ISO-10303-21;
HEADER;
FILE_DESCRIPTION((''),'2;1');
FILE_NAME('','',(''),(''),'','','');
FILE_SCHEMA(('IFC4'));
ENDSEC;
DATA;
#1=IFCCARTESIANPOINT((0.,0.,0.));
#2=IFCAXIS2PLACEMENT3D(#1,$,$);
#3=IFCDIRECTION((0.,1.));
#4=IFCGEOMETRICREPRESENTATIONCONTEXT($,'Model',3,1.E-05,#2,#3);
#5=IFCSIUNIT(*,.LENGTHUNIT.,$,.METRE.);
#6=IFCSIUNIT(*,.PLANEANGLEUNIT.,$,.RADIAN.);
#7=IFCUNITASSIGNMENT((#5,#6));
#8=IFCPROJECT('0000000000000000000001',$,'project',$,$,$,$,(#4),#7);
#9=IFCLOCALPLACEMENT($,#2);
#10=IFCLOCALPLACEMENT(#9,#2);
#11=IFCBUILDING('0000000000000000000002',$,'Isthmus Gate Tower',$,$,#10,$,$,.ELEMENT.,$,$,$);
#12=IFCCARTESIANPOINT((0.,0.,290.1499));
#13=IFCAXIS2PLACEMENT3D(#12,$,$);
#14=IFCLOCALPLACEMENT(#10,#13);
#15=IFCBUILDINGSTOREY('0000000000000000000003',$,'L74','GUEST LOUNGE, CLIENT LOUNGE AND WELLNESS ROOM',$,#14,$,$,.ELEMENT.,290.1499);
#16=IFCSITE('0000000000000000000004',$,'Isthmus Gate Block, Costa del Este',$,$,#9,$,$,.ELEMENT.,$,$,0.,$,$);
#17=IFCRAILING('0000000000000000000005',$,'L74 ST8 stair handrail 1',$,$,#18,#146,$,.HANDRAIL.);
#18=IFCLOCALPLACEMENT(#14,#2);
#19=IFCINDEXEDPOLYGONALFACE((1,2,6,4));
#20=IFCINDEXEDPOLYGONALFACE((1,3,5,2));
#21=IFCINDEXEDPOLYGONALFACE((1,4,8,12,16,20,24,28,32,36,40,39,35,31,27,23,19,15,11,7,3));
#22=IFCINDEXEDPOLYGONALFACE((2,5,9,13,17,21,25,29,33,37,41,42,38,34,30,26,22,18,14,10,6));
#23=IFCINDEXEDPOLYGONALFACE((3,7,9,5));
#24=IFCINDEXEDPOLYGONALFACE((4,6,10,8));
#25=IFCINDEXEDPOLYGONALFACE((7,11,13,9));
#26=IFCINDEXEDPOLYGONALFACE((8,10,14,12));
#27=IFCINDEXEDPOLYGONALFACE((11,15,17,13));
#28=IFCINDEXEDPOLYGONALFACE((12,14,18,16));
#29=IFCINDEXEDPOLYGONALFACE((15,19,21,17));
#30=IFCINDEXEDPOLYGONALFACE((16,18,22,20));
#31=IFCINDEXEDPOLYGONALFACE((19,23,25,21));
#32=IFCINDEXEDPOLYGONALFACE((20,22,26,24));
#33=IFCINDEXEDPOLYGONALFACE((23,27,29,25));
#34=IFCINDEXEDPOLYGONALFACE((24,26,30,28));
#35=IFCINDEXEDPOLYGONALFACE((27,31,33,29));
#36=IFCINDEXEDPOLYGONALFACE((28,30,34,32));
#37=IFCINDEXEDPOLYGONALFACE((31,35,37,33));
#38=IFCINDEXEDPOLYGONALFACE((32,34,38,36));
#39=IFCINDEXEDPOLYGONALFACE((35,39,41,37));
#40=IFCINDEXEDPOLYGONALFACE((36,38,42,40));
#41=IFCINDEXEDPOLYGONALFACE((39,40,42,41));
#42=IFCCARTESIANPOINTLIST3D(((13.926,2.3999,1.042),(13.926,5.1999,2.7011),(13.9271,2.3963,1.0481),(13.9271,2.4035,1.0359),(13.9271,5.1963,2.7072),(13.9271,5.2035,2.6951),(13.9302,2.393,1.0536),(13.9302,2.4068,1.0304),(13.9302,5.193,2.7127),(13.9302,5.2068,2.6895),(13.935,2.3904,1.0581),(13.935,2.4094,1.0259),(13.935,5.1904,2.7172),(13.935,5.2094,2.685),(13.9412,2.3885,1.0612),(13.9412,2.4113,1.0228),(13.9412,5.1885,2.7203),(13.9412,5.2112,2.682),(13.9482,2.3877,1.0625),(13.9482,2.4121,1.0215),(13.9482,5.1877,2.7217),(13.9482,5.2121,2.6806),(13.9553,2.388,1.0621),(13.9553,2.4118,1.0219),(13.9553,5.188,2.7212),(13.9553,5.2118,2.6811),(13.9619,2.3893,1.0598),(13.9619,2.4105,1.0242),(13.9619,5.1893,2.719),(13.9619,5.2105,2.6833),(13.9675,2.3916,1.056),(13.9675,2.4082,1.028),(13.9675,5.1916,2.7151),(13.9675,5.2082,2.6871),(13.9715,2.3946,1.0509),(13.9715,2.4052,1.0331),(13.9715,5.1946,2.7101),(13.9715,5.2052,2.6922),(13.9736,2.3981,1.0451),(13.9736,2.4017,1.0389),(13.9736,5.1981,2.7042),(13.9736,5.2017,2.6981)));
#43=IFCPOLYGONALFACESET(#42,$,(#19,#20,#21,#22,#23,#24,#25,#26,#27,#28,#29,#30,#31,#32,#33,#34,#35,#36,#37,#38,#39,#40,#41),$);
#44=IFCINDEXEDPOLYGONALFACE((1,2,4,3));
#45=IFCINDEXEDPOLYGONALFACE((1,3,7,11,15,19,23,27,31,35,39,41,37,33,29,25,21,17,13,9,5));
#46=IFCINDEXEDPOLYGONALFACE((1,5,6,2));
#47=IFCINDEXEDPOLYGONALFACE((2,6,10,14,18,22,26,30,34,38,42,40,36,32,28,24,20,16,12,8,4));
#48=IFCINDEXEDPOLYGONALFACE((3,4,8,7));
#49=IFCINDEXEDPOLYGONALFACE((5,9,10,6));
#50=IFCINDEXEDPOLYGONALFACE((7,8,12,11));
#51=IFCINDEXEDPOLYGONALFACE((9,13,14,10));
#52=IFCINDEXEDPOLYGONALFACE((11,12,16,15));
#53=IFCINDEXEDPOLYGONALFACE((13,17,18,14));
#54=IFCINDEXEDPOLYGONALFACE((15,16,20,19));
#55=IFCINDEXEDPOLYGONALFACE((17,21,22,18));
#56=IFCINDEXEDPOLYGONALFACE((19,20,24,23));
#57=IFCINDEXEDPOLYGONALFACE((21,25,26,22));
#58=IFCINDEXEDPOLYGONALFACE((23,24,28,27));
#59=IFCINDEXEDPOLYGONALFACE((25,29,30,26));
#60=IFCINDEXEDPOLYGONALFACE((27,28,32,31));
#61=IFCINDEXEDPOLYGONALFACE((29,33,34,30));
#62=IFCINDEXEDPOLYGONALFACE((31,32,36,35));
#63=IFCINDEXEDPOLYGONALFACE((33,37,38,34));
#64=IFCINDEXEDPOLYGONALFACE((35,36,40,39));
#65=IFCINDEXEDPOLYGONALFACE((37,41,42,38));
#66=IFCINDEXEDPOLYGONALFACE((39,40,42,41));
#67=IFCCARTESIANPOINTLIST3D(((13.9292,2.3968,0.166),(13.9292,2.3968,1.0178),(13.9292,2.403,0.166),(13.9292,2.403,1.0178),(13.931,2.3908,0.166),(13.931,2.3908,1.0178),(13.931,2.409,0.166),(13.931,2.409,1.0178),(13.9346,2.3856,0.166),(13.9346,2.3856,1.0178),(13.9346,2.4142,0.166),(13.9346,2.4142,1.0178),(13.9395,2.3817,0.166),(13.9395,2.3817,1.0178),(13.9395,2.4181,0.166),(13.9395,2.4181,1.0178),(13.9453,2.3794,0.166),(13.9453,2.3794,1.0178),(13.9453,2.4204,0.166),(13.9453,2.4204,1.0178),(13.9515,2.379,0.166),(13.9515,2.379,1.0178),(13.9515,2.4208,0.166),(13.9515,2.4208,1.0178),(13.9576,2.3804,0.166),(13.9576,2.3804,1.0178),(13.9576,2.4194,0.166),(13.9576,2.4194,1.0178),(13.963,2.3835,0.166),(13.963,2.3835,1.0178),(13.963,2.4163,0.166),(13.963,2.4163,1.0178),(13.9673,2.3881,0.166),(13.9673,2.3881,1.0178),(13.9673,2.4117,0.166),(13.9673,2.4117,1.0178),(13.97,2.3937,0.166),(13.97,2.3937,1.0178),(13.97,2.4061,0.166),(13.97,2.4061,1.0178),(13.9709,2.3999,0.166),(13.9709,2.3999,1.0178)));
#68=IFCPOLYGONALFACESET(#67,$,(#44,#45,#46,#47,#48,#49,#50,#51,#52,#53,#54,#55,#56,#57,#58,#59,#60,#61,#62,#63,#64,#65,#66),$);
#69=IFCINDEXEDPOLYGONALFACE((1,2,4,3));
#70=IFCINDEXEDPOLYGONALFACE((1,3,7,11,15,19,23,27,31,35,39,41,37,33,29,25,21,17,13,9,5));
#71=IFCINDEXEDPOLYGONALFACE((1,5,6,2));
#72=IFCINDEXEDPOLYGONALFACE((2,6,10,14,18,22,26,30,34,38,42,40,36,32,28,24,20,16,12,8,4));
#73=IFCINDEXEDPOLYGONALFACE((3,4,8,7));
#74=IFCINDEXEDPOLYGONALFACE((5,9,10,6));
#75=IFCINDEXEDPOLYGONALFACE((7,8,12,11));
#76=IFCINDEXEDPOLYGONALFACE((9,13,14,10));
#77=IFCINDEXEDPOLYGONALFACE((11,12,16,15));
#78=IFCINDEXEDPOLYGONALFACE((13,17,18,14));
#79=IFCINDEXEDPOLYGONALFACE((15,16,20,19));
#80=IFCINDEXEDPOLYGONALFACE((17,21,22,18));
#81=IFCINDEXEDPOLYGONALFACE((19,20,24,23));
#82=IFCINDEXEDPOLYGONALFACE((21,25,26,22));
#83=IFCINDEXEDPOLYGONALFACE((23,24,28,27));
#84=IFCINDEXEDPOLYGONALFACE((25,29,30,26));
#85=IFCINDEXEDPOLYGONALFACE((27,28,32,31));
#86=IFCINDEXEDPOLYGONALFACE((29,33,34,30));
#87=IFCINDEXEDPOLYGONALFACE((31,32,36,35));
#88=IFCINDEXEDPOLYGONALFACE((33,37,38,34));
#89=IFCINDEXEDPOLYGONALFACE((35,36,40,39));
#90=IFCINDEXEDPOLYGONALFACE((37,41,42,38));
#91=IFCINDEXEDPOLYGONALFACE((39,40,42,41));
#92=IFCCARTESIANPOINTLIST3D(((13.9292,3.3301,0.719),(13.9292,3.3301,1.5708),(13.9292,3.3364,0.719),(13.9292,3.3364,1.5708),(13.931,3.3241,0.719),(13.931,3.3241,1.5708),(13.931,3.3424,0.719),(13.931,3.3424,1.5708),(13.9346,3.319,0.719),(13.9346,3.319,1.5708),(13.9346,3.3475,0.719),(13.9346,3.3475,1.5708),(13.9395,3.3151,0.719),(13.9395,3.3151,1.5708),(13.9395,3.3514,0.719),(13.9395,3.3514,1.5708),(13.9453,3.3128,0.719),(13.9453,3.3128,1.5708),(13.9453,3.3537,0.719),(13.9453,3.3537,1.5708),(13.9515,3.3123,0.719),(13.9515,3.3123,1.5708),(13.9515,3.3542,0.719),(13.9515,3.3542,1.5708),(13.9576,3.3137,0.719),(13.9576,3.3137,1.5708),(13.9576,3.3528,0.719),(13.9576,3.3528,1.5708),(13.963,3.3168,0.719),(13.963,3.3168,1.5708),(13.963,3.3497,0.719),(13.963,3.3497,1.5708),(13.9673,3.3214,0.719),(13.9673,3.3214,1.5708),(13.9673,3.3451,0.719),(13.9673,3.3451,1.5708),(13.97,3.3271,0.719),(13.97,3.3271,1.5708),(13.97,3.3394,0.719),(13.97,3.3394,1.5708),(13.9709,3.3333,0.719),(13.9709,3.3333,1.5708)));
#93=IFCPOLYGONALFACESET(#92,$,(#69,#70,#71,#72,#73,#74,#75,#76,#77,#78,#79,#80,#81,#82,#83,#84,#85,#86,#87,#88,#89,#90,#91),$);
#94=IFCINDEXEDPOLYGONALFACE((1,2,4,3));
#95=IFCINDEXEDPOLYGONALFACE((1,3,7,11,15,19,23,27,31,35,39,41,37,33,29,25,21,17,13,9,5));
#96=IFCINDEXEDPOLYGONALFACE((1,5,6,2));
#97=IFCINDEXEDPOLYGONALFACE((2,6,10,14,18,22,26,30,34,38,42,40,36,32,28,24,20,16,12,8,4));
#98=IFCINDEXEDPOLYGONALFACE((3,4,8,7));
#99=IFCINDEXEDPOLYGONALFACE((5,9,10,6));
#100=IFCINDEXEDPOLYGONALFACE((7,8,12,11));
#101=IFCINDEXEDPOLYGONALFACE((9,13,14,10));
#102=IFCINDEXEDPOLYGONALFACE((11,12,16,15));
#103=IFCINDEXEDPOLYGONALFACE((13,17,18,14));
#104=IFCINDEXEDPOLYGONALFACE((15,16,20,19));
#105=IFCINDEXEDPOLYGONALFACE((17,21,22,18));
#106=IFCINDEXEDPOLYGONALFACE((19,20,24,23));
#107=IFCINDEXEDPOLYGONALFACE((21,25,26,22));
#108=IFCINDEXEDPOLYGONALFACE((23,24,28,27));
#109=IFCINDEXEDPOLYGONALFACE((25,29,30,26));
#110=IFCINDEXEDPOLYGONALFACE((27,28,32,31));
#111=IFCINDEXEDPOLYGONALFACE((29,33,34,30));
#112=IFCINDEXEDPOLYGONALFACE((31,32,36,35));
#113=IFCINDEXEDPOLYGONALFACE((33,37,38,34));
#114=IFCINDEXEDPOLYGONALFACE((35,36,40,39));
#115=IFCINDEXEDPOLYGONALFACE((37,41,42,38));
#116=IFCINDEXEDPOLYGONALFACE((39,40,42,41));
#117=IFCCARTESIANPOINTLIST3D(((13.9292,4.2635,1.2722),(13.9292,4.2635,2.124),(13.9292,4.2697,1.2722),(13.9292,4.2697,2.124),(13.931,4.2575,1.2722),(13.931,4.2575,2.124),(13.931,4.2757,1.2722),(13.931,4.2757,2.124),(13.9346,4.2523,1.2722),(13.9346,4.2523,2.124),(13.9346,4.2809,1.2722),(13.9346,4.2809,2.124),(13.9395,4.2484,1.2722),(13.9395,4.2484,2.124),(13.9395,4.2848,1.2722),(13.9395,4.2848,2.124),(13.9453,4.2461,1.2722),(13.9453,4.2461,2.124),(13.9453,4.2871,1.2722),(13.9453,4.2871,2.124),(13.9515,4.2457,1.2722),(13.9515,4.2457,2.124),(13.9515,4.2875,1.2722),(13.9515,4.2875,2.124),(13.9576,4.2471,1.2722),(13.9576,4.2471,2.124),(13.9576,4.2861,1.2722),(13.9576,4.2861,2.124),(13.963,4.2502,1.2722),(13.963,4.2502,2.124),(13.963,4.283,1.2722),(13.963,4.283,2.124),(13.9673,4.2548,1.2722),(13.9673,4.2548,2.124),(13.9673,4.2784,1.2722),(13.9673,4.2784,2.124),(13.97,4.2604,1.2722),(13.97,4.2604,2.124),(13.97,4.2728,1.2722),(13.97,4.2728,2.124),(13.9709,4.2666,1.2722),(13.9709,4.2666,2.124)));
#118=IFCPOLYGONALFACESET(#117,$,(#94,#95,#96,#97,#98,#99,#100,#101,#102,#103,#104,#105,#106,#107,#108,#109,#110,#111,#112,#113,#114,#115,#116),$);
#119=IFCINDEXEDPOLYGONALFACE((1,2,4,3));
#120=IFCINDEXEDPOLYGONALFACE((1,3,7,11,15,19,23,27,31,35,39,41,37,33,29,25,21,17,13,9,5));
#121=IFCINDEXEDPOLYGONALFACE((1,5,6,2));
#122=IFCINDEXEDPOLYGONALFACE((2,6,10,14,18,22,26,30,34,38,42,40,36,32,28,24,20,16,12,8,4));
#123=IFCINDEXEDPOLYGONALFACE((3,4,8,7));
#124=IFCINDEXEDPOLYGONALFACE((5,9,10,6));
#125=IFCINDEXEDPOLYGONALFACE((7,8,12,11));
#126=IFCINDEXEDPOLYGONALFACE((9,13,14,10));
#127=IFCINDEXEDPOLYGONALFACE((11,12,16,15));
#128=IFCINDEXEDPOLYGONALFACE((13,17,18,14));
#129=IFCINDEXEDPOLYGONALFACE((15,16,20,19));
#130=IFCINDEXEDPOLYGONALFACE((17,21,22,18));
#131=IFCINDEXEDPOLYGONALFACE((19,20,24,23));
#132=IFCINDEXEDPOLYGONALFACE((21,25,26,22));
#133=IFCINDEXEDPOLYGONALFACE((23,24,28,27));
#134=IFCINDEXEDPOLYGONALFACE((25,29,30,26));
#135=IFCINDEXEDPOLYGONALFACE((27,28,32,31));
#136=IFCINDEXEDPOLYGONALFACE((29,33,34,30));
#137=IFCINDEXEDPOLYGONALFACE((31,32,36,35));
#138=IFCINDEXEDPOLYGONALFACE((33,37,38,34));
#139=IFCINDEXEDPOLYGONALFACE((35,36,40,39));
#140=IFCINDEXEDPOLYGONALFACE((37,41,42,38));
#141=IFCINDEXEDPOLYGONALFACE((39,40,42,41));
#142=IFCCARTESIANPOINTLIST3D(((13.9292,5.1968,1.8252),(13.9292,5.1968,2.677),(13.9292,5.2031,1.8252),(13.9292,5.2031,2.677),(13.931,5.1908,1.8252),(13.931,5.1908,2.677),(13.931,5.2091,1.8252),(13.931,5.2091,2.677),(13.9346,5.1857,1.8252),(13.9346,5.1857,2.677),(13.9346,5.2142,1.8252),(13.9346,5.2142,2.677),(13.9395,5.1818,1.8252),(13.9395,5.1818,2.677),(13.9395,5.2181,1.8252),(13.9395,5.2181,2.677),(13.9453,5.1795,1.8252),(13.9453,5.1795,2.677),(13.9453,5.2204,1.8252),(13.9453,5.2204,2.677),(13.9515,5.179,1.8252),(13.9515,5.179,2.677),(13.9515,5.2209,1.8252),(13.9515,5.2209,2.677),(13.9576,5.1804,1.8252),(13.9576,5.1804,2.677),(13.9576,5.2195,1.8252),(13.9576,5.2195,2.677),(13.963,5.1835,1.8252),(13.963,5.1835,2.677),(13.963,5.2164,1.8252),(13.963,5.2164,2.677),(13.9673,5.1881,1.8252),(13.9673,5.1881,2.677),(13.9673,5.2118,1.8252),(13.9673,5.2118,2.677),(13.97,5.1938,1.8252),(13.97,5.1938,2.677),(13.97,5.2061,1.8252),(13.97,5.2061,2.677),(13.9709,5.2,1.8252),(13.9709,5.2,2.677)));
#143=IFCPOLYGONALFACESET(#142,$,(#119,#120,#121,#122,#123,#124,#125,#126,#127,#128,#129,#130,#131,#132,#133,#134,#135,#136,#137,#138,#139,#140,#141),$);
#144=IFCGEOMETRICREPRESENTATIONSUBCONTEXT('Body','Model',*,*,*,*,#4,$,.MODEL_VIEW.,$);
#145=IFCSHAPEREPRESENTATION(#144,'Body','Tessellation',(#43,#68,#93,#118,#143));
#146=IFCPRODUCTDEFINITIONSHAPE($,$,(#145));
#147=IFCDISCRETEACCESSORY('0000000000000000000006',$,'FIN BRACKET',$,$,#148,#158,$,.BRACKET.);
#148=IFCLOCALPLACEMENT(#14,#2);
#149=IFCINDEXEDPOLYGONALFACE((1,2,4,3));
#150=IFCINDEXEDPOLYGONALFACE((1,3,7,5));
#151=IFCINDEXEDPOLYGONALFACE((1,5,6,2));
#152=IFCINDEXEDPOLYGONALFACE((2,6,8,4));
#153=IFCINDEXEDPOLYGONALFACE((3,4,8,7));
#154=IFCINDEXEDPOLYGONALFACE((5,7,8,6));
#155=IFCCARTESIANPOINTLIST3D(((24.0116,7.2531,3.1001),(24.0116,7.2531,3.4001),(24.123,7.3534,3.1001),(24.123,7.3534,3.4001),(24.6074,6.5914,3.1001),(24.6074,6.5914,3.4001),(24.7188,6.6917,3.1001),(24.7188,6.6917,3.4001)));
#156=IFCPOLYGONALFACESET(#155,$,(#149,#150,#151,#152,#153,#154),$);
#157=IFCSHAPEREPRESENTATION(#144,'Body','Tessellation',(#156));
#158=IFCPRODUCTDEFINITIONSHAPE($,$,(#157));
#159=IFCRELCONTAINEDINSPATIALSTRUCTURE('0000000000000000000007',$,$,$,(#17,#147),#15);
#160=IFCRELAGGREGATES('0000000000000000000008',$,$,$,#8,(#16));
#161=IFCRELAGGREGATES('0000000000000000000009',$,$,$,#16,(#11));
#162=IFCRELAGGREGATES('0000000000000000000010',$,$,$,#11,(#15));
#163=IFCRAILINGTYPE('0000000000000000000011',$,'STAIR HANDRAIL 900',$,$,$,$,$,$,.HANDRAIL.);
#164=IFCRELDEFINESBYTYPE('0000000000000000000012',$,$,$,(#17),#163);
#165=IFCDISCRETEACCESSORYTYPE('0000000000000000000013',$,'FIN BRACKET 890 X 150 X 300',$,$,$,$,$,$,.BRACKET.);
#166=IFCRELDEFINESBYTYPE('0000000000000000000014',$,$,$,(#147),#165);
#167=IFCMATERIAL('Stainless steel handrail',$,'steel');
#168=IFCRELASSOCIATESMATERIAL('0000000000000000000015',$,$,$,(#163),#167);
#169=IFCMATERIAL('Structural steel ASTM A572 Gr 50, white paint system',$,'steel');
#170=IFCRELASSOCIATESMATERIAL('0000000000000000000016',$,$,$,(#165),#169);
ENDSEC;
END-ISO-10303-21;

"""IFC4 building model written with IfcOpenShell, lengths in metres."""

from ifc_helpers import new_model, si_unit, direction, frame, origin, origin_2d, place, context, subcontext, project, spatial, rectangle, circle, extrude, material, type_object, element, save


model = new_model("IFC4")

# Units and contexts
model_context = context("Model", 3, precision=1e-05, world=origin(), true_north=direction((0.0, 1.0)))
body_context = subcontext(model_context, "Body", "Model", "MODEL_VIEW")
ifc_project = project(units=[si_unit("LENGTHUNIT", "METRE"), si_unit("PLANEANGLEUNIT", "RADIAN")], contexts=[model_context])

# Site, building, storey
site_placement = place(None, origin())
site = spatial("IfcSite", under=ifc_project, at=site_placement, Name="Isthmus Gate Block, Costa del Este", CompositionType="ELEMENT", RefElevation=0.0)
building_placement = place(site_placement, origin())
building = spatial("IfcBuilding", under=site, at=building_placement, Name="Isthmus Gate Tower", CompositionType="ELEMENT")
storey_placement = place(building_placement, frame((0.0, 0.0, 290.1499)))
storey = spatial("IfcBuildingStorey", under=building, at=storey_placement, Name="L74", Description="GUEST LOUNGE, CLIENT LOUNGE AND WELLNESS ROOM", CompositionType="ELEMENT", Elevation=290.1499)

# Railing
ifc_material_1 = material(Name="Stainless steel handrail", Category="steel")
railing_type_1 = type_object("IfcRailingType", Name="STAIR HANDRAIL 900", PredefinedType="HANDRAIL", material=ifc_material_1)
railing_placement = place(storey_placement, frame((13.95, 2.3999, 0.166)))
element("IfcRailing", 1, at=railing_placement, inside=storey, type_object=railing_type_1, Name="L74 ST8 stair handrail 1", PredefinedType="HANDRAIL", context=body_context, shape_type="SweptSolid", body=[
    extrude(circle(Radius=0.0239, at=origin_2d()), frame((0.0, 0.0, 0.876), z_axis=(0.0, 0.860306, 0.509778), x_axis=(-1.0, 0.0, 0.0)), (0.0, 0.0, 1.0), 3.2546),
    extrude(circle(Radius=0.021, at=origin_2d()), origin(), (0.0, 0.0, 1.0), 0.8518),
    extrude(circle(Radius=0.021, at=origin_2d()), frame((0.0, 0.9333, 0.553)), (0.0, 0.0, 1.0), 0.8518),
    extrude(circle(Radius=0.021, at=origin_2d()), frame((0.0, 1.8667, 1.1062)), (0.0, 0.0, 1.0), 0.8518),
    extrude(circle(Radius=0.021, at=origin_2d()), frame((0.0, 2.8, 1.6592)), (0.0, 0.0, 1.0), 0.8518),
])

# Discrete accessory
ifc_material_2 = material(Name="Structural steel ASTM A572 Gr 50, white paint system", Category="steel")
discrete_accessory_type = type_object("IfcDiscreteAccessoryType", Name="FIN BRACKET 890 X 150 X 300", PredefinedType="BRACKET", material=ifc_material_2)
discrete_accessory_placement = place(storey_placement, frame((24.3652, 6.9724, 3.1001), z_axis=(0.0, 0.0, 1.0), x_axis=(0.743145, 0.669131, 0.0)))
element("IfcDiscreteAccessory", 2, at=discrete_accessory_placement, inside=storey, type_object=discrete_accessory_type, Name="FIN BRACKET", PredefinedType="BRACKET", context=body_context, shape_type="SweptSolid", body=[
    extrude(rectangle(XDim=0.1499, YDim=0.8904, at=origin_2d()), origin(), (0.0, 0.0, 1.0), 0.3),
])

save(model, "model.ifc")
